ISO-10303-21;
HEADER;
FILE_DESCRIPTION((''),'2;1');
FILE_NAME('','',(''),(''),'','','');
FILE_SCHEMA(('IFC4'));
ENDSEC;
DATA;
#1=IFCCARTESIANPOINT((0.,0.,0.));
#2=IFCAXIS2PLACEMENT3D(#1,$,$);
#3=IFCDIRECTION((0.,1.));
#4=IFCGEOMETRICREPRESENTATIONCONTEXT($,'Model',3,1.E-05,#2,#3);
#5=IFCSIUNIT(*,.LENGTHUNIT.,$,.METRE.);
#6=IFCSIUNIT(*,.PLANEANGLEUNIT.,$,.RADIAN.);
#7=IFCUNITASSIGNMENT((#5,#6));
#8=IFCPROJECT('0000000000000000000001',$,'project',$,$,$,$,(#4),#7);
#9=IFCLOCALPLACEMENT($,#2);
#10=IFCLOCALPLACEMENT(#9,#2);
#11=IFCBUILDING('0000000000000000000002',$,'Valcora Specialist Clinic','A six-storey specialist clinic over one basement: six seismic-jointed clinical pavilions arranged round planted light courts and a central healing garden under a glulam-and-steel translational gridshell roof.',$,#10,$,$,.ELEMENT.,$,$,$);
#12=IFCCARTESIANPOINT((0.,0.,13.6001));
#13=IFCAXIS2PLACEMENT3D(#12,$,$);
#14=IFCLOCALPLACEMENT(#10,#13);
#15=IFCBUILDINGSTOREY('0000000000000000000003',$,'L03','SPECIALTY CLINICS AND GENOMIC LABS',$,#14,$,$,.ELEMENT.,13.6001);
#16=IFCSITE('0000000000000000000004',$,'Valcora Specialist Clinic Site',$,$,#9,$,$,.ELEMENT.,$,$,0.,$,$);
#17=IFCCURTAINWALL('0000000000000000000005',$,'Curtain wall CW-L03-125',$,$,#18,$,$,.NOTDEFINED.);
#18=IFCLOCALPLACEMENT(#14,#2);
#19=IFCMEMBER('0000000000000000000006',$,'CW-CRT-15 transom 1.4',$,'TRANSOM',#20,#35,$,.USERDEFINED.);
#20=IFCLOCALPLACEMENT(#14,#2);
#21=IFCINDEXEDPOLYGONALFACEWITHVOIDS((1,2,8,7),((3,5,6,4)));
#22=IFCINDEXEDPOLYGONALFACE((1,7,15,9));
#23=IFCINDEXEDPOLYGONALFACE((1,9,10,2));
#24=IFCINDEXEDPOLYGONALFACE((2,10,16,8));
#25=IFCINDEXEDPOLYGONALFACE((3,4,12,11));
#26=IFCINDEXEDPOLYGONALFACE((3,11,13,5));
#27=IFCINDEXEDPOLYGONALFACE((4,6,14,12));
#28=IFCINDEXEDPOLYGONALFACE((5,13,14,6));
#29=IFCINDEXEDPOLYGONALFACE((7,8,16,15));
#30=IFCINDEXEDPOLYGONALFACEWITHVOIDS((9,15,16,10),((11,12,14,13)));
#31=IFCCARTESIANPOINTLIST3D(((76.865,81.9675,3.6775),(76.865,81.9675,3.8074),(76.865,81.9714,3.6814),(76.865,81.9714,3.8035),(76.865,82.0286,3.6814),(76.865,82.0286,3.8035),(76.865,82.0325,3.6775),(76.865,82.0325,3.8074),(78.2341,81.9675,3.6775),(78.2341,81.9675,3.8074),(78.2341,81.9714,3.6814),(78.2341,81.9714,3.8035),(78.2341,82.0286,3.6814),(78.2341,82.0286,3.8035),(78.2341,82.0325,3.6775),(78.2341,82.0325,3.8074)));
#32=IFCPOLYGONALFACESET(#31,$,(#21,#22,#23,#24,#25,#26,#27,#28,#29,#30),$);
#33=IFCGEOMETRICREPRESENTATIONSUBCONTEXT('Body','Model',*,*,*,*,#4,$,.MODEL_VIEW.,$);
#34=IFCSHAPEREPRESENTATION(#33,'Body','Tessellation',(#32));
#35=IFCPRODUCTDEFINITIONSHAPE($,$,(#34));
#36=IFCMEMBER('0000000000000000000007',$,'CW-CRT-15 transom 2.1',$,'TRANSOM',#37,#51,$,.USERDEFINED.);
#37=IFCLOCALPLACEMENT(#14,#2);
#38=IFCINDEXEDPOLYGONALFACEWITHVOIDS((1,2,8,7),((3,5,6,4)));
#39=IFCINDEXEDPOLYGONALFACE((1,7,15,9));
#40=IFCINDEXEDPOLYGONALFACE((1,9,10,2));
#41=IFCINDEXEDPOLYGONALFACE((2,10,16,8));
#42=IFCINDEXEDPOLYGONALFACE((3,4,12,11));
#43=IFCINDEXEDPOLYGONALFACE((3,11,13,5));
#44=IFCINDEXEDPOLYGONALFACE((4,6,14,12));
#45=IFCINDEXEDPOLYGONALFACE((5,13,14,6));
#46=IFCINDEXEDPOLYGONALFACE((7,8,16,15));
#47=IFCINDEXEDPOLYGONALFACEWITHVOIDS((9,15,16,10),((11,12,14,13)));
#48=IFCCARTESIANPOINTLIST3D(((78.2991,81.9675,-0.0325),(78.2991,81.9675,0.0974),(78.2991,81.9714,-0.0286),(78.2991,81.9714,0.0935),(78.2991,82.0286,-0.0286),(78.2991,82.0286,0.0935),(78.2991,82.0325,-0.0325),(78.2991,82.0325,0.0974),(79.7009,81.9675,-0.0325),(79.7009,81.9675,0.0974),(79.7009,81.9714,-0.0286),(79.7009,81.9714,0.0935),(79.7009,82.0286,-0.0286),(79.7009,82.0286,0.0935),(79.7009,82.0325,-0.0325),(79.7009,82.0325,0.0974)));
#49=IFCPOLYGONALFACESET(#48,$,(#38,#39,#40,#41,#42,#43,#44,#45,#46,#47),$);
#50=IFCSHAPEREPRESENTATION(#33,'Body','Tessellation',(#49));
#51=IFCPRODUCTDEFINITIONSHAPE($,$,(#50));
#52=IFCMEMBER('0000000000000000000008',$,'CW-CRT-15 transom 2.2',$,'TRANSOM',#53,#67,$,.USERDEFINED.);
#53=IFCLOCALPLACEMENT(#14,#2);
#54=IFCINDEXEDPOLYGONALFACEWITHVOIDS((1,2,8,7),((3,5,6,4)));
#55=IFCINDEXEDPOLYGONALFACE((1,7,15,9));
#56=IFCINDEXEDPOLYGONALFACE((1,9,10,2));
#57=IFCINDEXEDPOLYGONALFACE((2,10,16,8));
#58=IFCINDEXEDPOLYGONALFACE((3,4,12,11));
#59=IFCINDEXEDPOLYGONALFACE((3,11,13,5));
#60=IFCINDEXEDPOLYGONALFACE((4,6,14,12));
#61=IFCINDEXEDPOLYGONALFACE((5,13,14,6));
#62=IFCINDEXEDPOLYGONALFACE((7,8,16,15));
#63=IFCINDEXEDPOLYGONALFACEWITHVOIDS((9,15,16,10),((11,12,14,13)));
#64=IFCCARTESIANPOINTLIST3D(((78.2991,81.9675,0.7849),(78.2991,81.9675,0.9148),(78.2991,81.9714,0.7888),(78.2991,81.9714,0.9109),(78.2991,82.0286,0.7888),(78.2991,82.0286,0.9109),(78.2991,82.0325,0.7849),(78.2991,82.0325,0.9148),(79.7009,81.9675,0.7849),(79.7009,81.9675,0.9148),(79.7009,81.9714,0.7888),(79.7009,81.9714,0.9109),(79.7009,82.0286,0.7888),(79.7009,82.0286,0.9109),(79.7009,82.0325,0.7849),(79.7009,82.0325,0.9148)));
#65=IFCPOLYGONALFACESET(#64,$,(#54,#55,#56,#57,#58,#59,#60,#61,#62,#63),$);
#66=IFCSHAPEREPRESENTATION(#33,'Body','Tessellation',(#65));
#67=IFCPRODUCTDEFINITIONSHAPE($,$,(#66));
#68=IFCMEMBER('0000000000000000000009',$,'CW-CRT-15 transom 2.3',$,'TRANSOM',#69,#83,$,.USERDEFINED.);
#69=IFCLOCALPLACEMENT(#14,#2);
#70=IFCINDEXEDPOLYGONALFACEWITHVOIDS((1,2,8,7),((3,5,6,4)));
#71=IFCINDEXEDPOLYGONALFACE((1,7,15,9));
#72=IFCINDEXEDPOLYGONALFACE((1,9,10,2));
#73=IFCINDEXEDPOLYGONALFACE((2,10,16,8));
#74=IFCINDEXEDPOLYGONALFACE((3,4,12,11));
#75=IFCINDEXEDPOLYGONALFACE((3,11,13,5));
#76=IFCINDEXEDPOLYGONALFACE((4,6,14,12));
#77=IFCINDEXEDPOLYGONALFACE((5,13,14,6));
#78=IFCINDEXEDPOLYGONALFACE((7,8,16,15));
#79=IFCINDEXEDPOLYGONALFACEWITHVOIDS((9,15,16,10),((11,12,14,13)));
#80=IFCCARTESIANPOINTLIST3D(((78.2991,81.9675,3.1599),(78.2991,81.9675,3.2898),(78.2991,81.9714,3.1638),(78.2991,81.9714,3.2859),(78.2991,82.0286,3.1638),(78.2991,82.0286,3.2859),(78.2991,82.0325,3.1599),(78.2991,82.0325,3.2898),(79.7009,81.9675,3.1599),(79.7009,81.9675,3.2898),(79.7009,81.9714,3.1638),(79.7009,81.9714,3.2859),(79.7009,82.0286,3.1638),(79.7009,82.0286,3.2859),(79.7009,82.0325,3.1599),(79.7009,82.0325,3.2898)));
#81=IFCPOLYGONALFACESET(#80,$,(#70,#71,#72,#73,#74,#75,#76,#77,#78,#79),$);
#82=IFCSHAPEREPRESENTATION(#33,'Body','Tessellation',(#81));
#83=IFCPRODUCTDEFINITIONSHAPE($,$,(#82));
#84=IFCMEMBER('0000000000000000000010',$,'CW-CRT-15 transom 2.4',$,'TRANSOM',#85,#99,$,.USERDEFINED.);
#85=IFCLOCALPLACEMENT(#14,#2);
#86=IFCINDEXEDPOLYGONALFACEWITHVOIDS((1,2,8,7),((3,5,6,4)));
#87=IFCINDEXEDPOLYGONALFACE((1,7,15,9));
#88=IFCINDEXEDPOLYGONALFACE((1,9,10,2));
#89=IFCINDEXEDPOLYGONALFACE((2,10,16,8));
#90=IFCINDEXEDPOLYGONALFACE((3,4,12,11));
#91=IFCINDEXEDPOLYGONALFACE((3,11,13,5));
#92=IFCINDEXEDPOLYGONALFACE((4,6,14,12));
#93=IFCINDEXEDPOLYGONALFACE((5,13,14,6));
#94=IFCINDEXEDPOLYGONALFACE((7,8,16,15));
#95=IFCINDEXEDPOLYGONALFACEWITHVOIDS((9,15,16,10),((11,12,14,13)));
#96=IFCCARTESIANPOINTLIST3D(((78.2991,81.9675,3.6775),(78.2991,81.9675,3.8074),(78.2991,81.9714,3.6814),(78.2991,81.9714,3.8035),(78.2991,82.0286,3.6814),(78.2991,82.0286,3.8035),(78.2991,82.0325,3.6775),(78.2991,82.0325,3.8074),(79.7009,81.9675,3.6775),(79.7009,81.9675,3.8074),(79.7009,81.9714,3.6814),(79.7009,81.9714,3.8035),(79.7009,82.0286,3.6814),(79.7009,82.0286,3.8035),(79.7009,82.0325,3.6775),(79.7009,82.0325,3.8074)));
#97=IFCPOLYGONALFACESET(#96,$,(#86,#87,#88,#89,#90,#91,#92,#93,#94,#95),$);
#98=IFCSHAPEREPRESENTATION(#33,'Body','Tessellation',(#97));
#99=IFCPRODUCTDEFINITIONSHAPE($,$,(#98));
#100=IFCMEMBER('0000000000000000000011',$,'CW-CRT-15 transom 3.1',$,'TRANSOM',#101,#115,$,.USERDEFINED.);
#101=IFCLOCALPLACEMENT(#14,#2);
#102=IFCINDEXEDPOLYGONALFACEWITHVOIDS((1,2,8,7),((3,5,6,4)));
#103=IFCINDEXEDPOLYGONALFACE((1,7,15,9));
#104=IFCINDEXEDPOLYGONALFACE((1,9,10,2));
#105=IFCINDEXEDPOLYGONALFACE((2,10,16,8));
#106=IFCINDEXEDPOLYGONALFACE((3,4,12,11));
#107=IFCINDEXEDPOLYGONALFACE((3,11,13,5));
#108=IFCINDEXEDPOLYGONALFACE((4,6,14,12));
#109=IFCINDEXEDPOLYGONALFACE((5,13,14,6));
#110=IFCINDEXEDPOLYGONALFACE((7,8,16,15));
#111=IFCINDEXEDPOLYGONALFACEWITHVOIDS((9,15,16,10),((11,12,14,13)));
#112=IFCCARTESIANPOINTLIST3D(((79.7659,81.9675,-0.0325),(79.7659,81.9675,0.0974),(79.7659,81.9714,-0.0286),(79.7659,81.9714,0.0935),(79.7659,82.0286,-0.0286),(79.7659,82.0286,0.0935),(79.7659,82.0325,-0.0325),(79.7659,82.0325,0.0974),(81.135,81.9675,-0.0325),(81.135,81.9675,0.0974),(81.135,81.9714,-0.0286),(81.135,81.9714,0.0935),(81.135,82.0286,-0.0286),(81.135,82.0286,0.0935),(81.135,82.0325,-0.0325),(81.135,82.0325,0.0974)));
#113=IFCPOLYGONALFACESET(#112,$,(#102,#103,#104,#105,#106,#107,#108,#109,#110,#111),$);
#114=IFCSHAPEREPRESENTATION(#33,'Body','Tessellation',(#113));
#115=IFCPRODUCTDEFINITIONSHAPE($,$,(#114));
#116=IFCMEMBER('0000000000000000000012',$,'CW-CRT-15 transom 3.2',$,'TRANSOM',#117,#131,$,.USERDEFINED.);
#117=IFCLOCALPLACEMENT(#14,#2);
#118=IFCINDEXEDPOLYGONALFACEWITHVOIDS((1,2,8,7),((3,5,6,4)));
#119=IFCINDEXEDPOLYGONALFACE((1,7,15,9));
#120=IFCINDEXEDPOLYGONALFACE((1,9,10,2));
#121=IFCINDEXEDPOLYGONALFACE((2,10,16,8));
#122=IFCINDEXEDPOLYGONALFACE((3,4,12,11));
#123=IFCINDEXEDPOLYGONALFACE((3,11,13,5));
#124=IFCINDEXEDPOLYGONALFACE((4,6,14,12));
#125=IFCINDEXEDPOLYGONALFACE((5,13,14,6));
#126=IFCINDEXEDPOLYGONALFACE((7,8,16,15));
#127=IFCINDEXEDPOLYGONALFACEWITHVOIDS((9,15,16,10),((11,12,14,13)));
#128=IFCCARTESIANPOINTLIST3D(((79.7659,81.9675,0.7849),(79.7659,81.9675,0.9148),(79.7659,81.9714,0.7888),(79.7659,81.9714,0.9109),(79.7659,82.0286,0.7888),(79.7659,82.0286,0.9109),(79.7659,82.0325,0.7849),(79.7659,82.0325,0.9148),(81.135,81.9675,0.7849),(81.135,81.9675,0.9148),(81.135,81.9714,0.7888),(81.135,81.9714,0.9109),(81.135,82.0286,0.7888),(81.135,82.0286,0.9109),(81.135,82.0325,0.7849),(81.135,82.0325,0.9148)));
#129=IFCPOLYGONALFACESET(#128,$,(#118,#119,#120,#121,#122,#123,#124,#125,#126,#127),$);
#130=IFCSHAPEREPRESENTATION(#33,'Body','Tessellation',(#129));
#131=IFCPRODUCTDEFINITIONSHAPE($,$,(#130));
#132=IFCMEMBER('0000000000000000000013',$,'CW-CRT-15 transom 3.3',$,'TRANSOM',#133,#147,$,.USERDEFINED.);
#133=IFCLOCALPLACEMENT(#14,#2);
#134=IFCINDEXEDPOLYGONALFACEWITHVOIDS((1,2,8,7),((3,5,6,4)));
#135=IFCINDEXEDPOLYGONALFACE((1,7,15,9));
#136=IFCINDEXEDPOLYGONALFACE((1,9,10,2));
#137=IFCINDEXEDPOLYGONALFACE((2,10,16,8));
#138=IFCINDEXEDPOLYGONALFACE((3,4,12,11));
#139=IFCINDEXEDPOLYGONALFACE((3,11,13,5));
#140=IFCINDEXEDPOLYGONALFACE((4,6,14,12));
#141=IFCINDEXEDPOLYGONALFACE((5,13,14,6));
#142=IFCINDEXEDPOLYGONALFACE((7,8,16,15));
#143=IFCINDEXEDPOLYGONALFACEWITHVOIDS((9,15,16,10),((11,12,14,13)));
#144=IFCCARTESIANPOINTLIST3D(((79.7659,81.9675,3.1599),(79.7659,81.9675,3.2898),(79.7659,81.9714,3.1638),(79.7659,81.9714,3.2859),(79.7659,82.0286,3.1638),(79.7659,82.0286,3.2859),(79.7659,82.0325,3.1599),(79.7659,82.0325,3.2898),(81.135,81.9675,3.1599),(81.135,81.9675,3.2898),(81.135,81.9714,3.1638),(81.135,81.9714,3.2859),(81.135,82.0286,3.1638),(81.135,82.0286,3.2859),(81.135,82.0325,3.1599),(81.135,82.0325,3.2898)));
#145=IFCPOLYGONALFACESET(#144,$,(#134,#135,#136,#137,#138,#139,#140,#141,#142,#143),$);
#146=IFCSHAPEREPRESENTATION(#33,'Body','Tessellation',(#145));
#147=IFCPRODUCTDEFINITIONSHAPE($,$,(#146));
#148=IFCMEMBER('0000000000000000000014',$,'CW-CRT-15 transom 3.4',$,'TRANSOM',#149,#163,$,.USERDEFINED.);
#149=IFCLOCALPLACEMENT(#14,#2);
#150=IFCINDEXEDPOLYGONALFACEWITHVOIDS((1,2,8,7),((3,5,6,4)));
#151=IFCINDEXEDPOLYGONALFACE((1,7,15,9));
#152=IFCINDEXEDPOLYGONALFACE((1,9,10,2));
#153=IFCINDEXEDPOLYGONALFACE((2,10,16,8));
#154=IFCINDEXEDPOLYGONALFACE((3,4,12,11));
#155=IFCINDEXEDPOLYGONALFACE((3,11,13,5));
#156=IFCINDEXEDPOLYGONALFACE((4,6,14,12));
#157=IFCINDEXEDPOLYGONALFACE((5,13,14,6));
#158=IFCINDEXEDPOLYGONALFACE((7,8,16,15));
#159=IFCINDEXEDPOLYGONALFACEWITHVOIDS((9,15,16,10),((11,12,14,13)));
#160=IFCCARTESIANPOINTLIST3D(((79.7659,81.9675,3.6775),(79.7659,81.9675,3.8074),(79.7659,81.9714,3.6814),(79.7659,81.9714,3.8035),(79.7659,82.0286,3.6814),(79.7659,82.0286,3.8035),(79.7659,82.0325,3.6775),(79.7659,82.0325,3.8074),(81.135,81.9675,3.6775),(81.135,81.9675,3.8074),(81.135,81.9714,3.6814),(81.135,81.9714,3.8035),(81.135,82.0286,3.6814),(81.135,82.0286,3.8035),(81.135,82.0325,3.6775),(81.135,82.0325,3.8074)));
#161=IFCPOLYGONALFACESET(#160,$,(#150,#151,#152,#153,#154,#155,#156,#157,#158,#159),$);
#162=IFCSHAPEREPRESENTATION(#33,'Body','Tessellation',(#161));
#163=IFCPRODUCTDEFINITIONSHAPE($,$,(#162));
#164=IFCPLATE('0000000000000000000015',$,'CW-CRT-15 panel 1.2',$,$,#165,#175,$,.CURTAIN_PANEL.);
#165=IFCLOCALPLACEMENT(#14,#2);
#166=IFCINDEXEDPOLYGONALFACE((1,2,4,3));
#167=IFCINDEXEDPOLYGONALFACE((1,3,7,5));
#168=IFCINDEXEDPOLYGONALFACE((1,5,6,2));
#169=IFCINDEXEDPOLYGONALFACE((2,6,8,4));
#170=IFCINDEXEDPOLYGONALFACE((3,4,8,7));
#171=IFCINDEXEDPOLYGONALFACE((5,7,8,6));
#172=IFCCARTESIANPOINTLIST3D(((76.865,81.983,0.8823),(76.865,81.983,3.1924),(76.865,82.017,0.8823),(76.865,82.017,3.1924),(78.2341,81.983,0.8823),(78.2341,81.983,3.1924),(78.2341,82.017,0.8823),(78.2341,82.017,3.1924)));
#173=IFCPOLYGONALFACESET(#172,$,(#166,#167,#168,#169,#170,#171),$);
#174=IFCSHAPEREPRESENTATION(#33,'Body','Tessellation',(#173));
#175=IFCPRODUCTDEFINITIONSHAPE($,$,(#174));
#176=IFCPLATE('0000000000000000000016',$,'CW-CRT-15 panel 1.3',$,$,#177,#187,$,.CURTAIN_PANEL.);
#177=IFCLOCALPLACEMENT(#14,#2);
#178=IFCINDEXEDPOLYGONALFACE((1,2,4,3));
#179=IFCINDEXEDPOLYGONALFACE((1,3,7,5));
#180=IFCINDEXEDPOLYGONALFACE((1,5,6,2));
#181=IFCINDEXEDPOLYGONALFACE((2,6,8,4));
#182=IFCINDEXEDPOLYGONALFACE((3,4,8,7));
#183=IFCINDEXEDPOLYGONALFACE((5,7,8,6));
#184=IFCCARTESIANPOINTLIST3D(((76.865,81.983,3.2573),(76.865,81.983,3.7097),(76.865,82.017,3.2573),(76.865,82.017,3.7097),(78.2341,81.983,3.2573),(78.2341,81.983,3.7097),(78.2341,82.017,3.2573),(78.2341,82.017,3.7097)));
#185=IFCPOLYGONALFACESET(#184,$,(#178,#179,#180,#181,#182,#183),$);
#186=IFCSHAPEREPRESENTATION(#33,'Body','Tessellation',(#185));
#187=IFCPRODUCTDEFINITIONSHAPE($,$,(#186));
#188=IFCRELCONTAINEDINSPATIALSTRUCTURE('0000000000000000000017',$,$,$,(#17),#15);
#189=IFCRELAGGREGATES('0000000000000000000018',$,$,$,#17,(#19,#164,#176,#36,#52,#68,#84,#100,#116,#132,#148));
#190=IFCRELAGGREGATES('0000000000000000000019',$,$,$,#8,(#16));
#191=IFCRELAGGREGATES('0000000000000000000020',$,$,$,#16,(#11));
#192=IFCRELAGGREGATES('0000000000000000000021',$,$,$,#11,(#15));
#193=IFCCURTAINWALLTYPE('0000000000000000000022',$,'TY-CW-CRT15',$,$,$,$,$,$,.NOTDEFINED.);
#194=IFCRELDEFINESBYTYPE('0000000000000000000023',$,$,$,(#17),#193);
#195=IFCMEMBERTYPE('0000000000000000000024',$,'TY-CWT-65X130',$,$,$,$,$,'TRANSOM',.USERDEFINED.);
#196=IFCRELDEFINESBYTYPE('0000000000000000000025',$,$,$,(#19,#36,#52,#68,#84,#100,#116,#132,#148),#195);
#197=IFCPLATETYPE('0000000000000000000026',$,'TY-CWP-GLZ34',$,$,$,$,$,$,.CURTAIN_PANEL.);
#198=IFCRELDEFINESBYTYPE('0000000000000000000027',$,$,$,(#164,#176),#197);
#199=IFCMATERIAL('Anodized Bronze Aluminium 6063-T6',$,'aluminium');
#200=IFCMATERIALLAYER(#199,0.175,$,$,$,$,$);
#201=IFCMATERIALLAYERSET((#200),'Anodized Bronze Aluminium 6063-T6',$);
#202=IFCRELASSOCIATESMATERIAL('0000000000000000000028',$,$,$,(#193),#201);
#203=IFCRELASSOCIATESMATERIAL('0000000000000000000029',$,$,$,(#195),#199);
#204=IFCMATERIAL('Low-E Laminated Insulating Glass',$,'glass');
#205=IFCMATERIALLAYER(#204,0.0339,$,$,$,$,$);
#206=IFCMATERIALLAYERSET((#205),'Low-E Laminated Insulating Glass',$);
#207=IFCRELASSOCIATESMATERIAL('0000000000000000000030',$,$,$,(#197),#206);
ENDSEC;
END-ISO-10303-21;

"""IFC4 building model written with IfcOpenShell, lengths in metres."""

from ifc_helpers import new_model, si_unit, direction, frame, origin, origin_2d, place, context, subcontext, project, spatial, rectangle, hollow_rectangle, extrude, material, layer, layer_set, material_profile, profile_set, type_object, element, aggregate, save


model = new_model("IFC4")

# Units and contexts
model_context = context("Model", 3, precision=1e-05, world=origin(), true_north=direction((0.0, 1.0)))
body_context = subcontext(model_context, "Body", "Model", "MODEL_VIEW")
ifc_project = project(units=[si_unit("LENGTHUNIT", "METRE"), si_unit("PLANEANGLEUNIT", "RADIAN")], contexts=[model_context])

# Site, building, storey
site_placement = place(None, origin())
site = spatial("IfcSite", under=ifc_project, at=site_placement, Name="Valcora Specialist Clinic Site", CompositionType="ELEMENT", RefElevation=0.0)
building_placement = place(site_placement, origin())
building = spatial("IfcBuilding", under=site, at=building_placement, Name="Valcora Specialist Clinic", Description="A six-storey specialist clinic over one basement: six seismic-jointed clinical pavilions arranged round planted light courts and a central healing garden under a glulam-and-steel translational gridshell roof.", CompositionType="ELEMENT")
storey_placement = place(building_placement, frame((0.0, 0.0, 13.6001)))
storey = spatial("IfcBuildingStorey", under=building, at=storey_placement, Name="L03", Description="SPECIALTY CLINICS AND GENOMIC LABS", CompositionType="ELEMENT", Elevation=13.6001)

# Curtain wall, members, plates
ifc_material_1 = material(Name="Anodized Bronze Aluminium 6063-T6", Category="aluminium")
ifc_layer_1 = layer(ifc_material_1, 0.175)
ifc_layer_set_1 = layer_set([ifc_layer_1], Name="Anodized Bronze Aluminium 6063-T6")
curtain_wall_type = type_object("IfcCurtainWallType", Name="TY-CW-CRT15", PredefinedType="NOTDEFINED", material=ifc_layer_set_1)
curtain_wall_placement = place(storey_placement, origin())
curtain_wall = element("IfcCurtainWall", 1, at=curtain_wall_placement, inside=storey, type_object=curtain_wall_type, Name="Curtain wall CW-L03-125", PredefinedType="NOTDEFINED")
ifc_material_profile_1 = material_profile(ifc_material_1, hollow_rectangle(XDim=0.0649, YDim=0.1299, WallThickness=0.0039, at=origin_2d()), Name="AL-TRN-65X130")
ifc_profile_set_1 = profile_set([ifc_material_profile_1], Name="Anodized Bronze Aluminium 6063-T6")
member_type_1 = type_object("IfcMemberType", Name="TY-CWT-65X130", ElementType="TRANSOM", PredefinedType="USERDEFINED", material=ifc_profile_set_1)
member_1_placement = place(storey_placement, frame((76.865, 82.0, 3.7424), z_axis=(1.0, 0.0, 0.0), x_axis=(0.0, 1.0, 0.0)))
member_1 = element("IfcMember", 2, at=member_1_placement, type_object=member_type_1, Name="CW-CRT-15 transom 1.4", ObjectType="TRANSOM", PredefinedType="USERDEFINED", context=body_context, shape_type="SweptSolid", body=[
    extrude(hollow_rectangle(XDim=0.0649, YDim=0.1299, WallThickness=0.0039, at=origin_2d()), origin(), (0.0, 0.0, 1.0), 1.3691),
])
member_2_placement = place(storey_placement, frame((78.2991, 82.0, 0.0325), z_axis=(1.0, 0.0, 0.0), x_axis=(0.0, 1.0, 0.0)))
member_2 = element("IfcMember", 3, at=member_2_placement, type_object=member_type_1, Name="CW-CRT-15 transom 2.1", ObjectType="TRANSOM", PredefinedType="USERDEFINED", context=body_context, shape_type="SweptSolid", body=[
    extrude(hollow_rectangle(XDim=0.0649, YDim=0.1299, WallThickness=0.0039, at=origin_2d()), origin(), (0.0, 0.0, 1.0), 1.4019),
])
member_3_placement = place(storey_placement, frame((78.2991, 82.0, 0.8499), z_axis=(1.0, 0.0, 0.0), x_axis=(0.0, 1.0, 0.0)))
member_3 = element("IfcMember", 4, at=member_3_placement, type_object=member_type_1, Name="CW-CRT-15 transom 2.2", ObjectType="TRANSOM", PredefinedType="USERDEFINED", context=body_context, shape_type="SweptSolid", body=[
    extrude(hollow_rectangle(XDim=0.0649, YDim=0.1299, WallThickness=0.0039, at=origin_2d()), origin(), (0.0, 0.0, 1.0), 1.4019),
])
member_4_placement = place(storey_placement, frame((78.2991, 82.0, 3.2249), z_axis=(1.0, 0.0, 0.0), x_axis=(0.0, 1.0, 0.0)))
member_4 = element("IfcMember", 5, at=member_4_placement, type_object=member_type_1, Name="CW-CRT-15 transom 2.3", ObjectType="TRANSOM", PredefinedType="USERDEFINED", context=body_context, shape_type="SweptSolid", body=[
    extrude(hollow_rectangle(XDim=0.0649, YDim=0.1299, WallThickness=0.0039, at=origin_2d()), origin(), (0.0, 0.0, 1.0), 1.4019),
])
member_5_placement = place(storey_placement, frame((78.2991, 82.0, 3.7424), z_axis=(1.0, 0.0, 0.0), x_axis=(0.0, 1.0, 0.0)))
member_5 = element("IfcMember", 6, at=member_5_placement, type_object=member_type_1, Name="CW-CRT-15 transom 2.4", ObjectType="TRANSOM", PredefinedType="USERDEFINED", context=body_context, shape_type="SweptSolid", body=[
    extrude(hollow_rectangle(XDim=0.0649, YDim=0.1299, WallThickness=0.0039, at=origin_2d()), origin(), (0.0, 0.0, 1.0), 1.4019),
])
member_6_placement = place(storey_placement, frame((79.7659, 82.0, 0.0325), z_axis=(1.0, 0.0, 0.0), x_axis=(0.0, 1.0, 0.0)))
member_6 = element("IfcMember", 7, at=member_6_placement, type_object=member_type_1, Name="CW-CRT-15 transom 3.1", ObjectType="TRANSOM", PredefinedType="USERDEFINED", context=body_context, shape_type="SweptSolid", body=[
    extrude(hollow_rectangle(XDim=0.0649, YDim=0.1299, WallThickness=0.0039, at=origin_2d()), origin(), (0.0, 0.0, 1.0), 1.3691),
])
member_7_placement = place(storey_placement, frame((79.7659, 82.0, 0.8499), z_axis=(1.0, 0.0, 0.0), x_axis=(0.0, 1.0, 0.0)))
member_7 = element("IfcMember", 8, at=member_7_placement, type_object=member_type_1, Name="CW-CRT-15 transom 3.2", ObjectType="TRANSOM", PredefinedType="USERDEFINED", context=body_context, shape_type="SweptSolid", body=[
    extrude(hollow_rectangle(XDim=0.0649, YDim=0.1299, WallThickness=0.0039, at=origin_2d()), origin(), (0.0, 0.0, 1.0), 1.3691),
])
member_8_placement = place(storey_placement, frame((79.7659, 82.0, 3.2249), z_axis=(1.0, 0.0, 0.0), x_axis=(0.0, 1.0, 0.0)))
member_8 = element("IfcMember", 9, at=member_8_placement, type_object=member_type_1, Name="CW-CRT-15 transom 3.3", ObjectType="TRANSOM", PredefinedType="USERDEFINED", context=body_context, shape_type="SweptSolid", body=[
    extrude(hollow_rectangle(XDim=0.0649, YDim=0.1299, WallThickness=0.0039, at=origin_2d()), origin(), (0.0, 0.0, 1.0), 1.3691),
])
member_9_placement = place(storey_placement, frame((79.7659, 82.0, 3.7424), z_axis=(1.0, 0.0, 0.0), x_axis=(0.0, 1.0, 0.0)))
member_9 = element("IfcMember", 10, at=member_9_placement, type_object=member_type_1, Name="CW-CRT-15 transom 3.4", ObjectType="TRANSOM", PredefinedType="USERDEFINED", context=body_context, shape_type="SweptSolid", body=[
    extrude(hollow_rectangle(XDim=0.0649, YDim=0.1299, WallThickness=0.0039, at=origin_2d()), origin(), (0.0, 0.0, 1.0), 1.3691),
])
ifc_material_2 = material(Name="Low-E Laminated Insulating Glass", Category="glass")
ifc_layer_2 = layer(ifc_material_2, 0.0339)
ifc_layer_set_2 = layer_set([ifc_layer_2], Name="Low-E Laminated Insulating Glass")
plate_type_1 = type_object("IfcPlateType", Name="TY-CWP-GLZ34", PredefinedType="CURTAIN_PANEL", material=ifc_layer_set_2)
plate_1_placement = place(storey_placement, frame((77.5496, 82.0, 0.8823), z_axis=(0.0, 0.0, 1.0), x_axis=(1.0, 0.0, 0.0)))
plate_1 = element("IfcPlate", 11, at=plate_1_placement, type_object=plate_type_1, Name="CW-CRT-15 panel 1.2", PredefinedType="CURTAIN_PANEL", context=body_context, shape_type="SweptSolid", body=[
    extrude(rectangle(XDim=1.3691, YDim=0.0339, at=origin_2d()), origin(), (0.0, 0.0, 1.0), 2.3101),
])
plate_2_placement = place(storey_placement, frame((77.5496, 82.0, 3.2573), z_axis=(0.0, 0.0, 1.0), x_axis=(1.0, 0.0, 0.0)))
plate_2 = element("IfcPlate", 12, at=plate_2_placement, type_object=plate_type_1, Name="CW-CRT-15 panel 1.3", PredefinedType="CURTAIN_PANEL", context=body_context, shape_type="SweptSolid", body=[
    extrude(rectangle(XDim=1.3691, YDim=0.0339, at=origin_2d()), origin(), (0.0, 0.0, 1.0), 0.4524),
])
aggregate(curtain_wall, [member_1, plate_1, plate_2, member_2, member_3, member_4, member_5, member_6, member_7, member_8, member_9])

save(model, "model.ifc")
